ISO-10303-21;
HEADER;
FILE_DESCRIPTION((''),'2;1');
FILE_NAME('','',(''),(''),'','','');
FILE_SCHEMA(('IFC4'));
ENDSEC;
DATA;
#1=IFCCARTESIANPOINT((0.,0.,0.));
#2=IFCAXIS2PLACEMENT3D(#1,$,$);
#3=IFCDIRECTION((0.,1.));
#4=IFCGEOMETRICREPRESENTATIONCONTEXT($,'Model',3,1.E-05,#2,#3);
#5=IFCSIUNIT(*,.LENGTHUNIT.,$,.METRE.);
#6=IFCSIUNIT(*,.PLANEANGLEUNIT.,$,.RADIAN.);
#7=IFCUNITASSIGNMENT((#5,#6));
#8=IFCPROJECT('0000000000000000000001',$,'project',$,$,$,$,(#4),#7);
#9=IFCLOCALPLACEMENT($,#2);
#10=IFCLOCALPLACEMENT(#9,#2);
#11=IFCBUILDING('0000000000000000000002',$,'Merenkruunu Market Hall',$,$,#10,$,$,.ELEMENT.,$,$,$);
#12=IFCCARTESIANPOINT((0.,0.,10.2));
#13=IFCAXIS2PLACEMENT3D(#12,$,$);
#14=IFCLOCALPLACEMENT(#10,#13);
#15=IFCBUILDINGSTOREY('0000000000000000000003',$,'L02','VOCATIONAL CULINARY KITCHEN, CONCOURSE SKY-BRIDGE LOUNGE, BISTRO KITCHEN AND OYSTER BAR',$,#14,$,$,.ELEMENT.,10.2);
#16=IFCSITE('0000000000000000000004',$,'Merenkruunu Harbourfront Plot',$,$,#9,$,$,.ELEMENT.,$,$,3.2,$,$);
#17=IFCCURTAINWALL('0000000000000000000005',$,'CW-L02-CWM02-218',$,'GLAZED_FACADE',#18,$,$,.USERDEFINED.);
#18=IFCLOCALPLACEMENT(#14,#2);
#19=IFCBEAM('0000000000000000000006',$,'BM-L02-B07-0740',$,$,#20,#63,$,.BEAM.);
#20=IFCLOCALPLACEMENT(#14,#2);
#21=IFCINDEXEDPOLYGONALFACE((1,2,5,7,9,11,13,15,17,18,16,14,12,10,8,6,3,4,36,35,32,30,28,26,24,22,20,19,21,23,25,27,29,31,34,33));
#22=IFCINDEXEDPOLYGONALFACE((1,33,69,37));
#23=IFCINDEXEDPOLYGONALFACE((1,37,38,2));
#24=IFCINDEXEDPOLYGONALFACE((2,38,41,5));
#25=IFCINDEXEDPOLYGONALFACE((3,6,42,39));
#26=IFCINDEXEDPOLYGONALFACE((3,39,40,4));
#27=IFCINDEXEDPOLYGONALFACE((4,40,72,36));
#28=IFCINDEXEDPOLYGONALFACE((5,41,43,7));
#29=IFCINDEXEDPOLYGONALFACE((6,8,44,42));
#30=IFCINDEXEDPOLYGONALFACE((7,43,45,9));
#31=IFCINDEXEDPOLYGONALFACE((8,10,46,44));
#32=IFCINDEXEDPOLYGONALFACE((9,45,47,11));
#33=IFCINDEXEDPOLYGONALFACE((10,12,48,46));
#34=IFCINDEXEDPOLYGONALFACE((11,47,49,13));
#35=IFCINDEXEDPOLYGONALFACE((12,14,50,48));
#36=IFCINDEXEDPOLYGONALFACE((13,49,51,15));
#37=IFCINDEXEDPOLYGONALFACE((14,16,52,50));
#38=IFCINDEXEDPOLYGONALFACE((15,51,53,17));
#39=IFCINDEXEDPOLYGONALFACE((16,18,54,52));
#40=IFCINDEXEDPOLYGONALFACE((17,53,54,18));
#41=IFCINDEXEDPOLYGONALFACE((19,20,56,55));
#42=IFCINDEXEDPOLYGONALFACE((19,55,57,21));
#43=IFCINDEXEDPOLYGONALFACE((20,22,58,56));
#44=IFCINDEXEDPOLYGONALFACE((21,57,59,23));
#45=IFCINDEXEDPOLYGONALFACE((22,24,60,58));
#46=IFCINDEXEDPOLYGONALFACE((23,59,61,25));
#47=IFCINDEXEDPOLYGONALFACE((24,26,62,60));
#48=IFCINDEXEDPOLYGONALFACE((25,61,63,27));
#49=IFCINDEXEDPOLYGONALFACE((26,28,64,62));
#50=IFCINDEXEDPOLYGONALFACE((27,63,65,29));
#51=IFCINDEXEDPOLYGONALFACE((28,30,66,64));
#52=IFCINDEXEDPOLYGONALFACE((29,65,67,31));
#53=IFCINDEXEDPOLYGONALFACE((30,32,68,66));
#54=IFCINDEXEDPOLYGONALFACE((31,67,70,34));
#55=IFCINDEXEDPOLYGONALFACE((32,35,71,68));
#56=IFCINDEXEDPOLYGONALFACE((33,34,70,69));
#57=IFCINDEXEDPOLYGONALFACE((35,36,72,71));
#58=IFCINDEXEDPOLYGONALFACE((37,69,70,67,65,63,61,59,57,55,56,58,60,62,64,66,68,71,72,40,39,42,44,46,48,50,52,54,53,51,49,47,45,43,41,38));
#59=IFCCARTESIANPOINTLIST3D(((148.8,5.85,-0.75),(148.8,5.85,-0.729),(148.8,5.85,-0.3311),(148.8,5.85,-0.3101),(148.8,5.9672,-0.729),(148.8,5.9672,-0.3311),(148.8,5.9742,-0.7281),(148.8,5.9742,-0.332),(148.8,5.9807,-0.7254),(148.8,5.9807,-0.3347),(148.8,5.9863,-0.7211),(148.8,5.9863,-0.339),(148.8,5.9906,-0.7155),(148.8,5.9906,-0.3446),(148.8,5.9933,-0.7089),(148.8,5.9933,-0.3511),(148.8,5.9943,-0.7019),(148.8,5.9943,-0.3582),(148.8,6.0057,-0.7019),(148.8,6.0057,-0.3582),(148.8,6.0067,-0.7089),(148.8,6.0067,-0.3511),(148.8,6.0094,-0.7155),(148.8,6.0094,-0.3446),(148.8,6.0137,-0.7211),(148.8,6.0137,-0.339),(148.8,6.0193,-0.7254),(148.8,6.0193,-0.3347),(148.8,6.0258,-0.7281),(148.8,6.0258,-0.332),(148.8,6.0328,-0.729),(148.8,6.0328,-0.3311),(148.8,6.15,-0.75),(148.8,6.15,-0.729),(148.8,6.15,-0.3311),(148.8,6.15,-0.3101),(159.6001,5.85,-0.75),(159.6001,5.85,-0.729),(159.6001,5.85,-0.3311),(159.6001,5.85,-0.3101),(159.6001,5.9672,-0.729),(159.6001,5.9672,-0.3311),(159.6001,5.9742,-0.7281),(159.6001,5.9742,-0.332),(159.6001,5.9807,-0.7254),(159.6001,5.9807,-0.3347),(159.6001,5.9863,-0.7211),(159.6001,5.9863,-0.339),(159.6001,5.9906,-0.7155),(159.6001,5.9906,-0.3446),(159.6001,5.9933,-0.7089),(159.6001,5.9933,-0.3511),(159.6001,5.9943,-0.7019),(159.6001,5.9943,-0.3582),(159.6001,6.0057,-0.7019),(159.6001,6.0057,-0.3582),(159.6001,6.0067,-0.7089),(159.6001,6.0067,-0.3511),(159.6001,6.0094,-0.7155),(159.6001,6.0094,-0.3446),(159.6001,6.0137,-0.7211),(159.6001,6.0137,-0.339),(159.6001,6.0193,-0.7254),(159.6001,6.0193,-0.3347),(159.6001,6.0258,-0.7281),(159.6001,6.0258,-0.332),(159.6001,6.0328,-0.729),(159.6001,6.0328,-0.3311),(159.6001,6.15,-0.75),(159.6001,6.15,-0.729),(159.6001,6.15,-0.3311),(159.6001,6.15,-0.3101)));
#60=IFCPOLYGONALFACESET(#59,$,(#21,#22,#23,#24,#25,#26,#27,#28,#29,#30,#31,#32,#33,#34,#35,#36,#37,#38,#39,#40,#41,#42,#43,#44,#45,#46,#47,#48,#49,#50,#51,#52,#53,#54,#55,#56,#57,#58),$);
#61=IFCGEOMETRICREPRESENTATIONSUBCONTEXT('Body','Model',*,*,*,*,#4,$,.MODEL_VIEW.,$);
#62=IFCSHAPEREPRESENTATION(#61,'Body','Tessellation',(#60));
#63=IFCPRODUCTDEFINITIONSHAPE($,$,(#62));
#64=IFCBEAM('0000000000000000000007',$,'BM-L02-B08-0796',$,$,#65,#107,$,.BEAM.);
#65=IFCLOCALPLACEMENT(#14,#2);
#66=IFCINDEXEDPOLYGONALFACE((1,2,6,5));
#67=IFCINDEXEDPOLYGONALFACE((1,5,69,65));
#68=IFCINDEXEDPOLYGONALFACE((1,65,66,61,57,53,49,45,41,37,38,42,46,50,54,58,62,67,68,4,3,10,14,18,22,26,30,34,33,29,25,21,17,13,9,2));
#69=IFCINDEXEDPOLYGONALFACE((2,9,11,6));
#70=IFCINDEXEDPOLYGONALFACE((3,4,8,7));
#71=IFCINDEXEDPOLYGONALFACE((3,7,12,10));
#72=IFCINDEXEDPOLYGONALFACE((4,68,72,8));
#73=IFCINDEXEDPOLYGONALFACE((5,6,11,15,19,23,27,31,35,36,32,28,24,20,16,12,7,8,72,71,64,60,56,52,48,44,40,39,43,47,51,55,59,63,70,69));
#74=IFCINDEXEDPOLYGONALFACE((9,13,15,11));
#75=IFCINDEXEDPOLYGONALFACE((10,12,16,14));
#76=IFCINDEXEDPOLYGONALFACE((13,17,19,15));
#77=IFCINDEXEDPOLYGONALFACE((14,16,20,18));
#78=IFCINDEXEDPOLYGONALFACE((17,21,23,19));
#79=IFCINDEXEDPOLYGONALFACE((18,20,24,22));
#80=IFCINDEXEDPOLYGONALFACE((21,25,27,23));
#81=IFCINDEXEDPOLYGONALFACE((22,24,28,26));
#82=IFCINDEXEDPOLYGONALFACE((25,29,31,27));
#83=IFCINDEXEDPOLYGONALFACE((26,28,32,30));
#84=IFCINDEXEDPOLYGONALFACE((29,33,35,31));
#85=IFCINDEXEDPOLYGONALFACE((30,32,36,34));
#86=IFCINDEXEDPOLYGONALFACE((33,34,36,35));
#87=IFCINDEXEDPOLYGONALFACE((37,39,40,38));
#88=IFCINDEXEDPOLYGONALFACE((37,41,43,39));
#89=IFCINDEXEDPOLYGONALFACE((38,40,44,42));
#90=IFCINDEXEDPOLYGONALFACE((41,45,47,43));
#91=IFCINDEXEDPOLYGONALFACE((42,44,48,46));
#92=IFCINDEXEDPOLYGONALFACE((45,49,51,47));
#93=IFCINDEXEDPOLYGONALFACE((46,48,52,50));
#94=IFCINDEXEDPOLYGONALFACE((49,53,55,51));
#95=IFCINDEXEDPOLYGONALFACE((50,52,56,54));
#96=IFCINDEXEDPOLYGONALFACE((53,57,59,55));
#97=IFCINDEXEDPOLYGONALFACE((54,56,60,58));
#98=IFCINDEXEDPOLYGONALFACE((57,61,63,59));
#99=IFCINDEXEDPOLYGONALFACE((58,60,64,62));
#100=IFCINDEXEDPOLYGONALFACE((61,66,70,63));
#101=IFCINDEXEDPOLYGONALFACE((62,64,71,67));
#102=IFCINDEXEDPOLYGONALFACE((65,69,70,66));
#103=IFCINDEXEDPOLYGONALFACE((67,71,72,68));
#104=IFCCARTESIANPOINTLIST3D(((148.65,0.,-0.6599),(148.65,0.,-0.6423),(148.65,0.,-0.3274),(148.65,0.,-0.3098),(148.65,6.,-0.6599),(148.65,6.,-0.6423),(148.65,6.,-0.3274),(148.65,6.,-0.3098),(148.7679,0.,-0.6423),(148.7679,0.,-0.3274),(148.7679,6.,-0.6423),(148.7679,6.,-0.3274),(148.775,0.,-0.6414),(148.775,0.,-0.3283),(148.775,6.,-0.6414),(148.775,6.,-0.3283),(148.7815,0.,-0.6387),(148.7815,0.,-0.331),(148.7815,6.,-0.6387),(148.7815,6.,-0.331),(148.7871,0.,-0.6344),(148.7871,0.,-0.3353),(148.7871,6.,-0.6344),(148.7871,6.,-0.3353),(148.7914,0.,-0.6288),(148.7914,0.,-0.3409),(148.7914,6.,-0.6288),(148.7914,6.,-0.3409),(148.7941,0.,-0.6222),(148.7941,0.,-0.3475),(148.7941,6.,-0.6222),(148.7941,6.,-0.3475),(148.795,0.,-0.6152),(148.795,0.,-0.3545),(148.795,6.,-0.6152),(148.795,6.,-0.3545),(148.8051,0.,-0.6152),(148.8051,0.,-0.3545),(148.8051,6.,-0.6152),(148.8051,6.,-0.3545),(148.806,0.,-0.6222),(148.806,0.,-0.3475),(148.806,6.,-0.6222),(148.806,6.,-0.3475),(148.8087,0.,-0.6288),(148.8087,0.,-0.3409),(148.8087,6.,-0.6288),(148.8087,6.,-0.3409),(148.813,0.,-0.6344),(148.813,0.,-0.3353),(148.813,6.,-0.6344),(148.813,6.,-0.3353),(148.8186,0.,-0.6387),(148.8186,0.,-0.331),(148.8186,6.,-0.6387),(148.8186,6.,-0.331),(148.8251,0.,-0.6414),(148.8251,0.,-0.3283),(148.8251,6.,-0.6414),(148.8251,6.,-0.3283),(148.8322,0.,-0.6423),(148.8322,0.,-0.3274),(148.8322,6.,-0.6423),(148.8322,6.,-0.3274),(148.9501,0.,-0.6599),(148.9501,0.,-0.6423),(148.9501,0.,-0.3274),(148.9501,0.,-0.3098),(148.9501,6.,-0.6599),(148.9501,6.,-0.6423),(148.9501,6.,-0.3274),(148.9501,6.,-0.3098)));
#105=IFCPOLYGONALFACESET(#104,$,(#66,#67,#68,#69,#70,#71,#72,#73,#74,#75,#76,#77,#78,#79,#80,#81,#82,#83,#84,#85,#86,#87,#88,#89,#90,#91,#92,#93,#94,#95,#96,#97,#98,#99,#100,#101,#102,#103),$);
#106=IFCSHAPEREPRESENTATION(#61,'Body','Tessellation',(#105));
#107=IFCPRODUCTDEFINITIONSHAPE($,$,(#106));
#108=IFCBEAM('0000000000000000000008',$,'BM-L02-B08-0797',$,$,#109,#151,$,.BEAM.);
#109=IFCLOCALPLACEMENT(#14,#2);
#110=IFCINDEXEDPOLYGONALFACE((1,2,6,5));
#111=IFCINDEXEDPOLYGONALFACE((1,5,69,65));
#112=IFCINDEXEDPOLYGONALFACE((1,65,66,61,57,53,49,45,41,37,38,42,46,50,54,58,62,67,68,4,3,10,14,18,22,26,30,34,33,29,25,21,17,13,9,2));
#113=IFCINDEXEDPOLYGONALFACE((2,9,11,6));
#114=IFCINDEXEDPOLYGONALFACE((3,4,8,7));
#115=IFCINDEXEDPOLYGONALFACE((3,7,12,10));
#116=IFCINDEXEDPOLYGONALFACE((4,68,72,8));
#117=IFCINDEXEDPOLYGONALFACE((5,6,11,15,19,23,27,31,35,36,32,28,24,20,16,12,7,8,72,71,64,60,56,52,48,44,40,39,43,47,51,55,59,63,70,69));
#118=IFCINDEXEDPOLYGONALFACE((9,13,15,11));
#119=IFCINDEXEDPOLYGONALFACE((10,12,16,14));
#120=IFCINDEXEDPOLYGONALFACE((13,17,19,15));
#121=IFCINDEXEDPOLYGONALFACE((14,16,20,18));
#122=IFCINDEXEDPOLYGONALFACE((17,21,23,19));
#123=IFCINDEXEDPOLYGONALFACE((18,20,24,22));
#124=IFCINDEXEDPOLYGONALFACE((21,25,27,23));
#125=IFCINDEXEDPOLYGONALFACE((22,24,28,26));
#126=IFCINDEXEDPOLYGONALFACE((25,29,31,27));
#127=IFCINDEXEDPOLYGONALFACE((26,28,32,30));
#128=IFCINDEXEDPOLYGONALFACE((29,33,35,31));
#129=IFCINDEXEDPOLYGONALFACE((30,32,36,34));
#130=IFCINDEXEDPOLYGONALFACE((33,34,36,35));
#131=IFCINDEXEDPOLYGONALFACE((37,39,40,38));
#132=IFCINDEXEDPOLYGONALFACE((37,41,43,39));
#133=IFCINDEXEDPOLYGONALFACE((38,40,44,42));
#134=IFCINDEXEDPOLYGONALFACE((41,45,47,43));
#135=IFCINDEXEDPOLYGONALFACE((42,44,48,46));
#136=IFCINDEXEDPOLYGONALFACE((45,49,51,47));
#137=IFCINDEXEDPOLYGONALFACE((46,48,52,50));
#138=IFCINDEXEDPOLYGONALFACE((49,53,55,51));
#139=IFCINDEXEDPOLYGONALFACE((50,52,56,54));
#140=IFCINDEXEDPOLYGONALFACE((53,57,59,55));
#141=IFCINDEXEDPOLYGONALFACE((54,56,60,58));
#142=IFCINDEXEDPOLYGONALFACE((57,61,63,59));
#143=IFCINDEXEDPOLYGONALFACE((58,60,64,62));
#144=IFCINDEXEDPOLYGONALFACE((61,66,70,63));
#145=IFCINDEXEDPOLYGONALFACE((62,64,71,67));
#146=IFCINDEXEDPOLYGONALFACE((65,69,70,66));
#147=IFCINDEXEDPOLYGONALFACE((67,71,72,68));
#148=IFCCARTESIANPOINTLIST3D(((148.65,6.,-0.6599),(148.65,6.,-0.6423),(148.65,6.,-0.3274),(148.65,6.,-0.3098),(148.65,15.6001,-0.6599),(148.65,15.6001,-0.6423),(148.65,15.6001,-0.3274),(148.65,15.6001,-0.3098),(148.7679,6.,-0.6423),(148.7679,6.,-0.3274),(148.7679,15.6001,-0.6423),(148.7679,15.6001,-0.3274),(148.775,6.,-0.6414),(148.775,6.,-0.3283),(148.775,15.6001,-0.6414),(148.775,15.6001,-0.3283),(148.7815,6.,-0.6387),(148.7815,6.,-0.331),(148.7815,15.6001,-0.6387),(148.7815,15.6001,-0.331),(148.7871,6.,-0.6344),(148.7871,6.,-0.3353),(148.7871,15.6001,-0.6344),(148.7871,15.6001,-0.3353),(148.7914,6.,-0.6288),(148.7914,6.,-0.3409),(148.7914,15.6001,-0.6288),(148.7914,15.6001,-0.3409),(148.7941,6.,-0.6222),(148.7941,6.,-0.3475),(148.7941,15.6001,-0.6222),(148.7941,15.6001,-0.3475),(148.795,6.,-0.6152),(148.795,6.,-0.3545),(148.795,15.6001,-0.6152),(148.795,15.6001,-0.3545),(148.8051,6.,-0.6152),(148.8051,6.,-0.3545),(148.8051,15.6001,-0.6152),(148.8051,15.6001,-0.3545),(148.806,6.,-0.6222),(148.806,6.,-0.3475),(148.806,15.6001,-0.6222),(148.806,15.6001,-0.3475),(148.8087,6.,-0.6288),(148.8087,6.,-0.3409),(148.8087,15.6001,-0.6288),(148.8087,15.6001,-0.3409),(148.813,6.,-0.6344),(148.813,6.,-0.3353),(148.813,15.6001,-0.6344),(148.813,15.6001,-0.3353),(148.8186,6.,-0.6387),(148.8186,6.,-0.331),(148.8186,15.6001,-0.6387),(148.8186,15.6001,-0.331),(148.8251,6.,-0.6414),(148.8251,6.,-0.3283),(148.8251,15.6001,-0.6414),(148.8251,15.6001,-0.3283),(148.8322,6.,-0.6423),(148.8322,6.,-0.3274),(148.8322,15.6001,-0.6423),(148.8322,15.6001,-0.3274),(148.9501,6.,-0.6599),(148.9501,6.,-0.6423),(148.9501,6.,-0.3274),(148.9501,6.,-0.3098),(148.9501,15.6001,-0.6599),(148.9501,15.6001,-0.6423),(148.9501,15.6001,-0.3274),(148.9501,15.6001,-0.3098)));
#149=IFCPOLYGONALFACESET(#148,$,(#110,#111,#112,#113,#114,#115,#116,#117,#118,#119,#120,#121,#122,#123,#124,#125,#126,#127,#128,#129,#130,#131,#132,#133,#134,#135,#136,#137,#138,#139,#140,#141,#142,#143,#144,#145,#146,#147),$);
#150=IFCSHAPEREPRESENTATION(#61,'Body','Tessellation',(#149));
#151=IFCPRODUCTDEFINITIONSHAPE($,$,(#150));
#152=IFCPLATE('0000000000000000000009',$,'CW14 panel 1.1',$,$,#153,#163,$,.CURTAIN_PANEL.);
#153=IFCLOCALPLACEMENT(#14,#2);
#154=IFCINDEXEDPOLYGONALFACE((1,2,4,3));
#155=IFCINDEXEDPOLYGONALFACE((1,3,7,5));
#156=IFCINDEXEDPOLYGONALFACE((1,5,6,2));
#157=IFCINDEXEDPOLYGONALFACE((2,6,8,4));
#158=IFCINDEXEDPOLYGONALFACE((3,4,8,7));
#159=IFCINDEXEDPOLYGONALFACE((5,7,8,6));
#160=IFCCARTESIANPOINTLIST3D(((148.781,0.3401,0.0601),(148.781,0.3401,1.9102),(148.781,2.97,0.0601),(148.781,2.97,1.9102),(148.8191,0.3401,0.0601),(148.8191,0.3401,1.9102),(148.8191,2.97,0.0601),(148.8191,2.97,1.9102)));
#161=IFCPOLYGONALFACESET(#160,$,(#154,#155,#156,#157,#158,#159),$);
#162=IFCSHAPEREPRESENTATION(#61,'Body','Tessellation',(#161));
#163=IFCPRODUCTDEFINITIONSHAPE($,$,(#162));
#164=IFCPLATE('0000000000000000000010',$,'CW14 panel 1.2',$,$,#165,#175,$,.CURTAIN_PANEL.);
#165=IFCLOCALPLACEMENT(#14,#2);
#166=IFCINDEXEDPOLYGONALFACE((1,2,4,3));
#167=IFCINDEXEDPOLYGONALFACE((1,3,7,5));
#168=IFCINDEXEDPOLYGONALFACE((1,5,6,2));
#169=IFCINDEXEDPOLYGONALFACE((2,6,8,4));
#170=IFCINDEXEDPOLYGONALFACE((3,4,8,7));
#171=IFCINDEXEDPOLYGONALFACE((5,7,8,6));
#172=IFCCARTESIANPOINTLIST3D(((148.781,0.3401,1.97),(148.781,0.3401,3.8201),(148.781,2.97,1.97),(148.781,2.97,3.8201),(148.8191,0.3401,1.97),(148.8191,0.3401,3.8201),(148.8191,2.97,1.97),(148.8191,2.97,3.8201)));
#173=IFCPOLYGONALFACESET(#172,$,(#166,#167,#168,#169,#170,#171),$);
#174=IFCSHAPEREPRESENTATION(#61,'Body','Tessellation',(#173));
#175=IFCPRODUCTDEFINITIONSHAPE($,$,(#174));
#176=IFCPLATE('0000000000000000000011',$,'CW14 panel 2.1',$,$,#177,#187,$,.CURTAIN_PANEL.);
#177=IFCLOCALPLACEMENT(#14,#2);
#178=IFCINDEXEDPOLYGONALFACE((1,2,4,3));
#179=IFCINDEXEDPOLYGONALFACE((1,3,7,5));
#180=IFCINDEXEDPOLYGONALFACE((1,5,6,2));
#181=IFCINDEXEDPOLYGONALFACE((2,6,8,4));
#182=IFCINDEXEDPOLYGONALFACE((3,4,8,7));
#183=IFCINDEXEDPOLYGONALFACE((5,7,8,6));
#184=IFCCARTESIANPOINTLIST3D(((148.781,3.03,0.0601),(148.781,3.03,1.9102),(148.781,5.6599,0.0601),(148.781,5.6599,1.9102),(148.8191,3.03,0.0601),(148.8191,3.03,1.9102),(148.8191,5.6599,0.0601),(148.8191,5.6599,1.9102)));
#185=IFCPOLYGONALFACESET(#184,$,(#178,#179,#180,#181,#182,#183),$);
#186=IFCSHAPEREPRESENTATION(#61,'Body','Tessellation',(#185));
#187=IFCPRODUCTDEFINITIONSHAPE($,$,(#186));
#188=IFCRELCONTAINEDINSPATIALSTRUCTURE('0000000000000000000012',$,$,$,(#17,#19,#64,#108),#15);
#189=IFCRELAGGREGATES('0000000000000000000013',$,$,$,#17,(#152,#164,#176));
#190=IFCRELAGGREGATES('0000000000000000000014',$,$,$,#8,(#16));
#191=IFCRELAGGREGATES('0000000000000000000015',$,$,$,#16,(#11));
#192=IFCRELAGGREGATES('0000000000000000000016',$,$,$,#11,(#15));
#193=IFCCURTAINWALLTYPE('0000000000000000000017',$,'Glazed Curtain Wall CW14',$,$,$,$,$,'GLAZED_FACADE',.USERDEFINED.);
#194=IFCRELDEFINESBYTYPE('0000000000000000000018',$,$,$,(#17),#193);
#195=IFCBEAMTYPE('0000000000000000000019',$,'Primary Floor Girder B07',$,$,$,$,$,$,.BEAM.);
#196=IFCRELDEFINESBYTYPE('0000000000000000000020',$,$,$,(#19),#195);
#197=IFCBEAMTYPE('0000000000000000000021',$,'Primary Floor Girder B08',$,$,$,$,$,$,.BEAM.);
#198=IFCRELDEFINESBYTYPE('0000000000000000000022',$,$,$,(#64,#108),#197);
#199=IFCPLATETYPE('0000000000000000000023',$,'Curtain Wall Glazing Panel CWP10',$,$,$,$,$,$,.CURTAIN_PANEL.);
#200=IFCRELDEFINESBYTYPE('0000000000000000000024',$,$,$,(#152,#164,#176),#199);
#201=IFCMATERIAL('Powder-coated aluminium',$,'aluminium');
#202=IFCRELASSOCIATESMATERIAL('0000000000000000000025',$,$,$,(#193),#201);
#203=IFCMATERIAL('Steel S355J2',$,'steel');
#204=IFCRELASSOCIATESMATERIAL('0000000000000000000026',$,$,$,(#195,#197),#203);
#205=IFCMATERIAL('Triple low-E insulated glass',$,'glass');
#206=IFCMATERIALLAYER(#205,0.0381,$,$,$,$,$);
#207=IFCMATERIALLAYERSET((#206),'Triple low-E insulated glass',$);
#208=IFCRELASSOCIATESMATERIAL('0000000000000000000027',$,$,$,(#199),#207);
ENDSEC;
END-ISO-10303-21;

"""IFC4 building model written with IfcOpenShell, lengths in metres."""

from ifc_helpers import new_model, si_unit, direction, frame, origin, origin_2d, place, context, subcontext, project, spatial, rectangle, i_section, extrude, material, layer, layer_set, material_profile, profile_set, type_object, element, aggregate, save


model = new_model("IFC4")

# Units and contexts
model_context = context("Model", 3, precision=1e-05, world=origin(), true_north=direction((0.0, 1.0)))
body_context = subcontext(model_context, "Body", "Model", "MODEL_VIEW")
ifc_project = project(units=[si_unit("LENGTHUNIT", "METRE"), si_unit("PLANEANGLEUNIT", "RADIAN")], contexts=[model_context])

# Site, building, storey
site_placement = place(None, origin())
site = spatial("IfcSite", under=ifc_project, at=site_placement, Name="Merenkruunu Harbourfront Plot", CompositionType="ELEMENT", RefElevation=3.2)
building_placement = place(site_placement, origin())
building = spatial("IfcBuilding", under=site, at=building_placement, Name="Merenkruunu Market Hall", CompositionType="ELEMENT")
storey_placement = place(building_placement, frame((0.0, 0.0, 10.2)))
storey = spatial("IfcBuildingStorey", under=building, at=storey_placement, Name="L02", Description="VOCATIONAL CULINARY KITCHEN, CONCOURSE SKY-BRIDGE LOUNGE, BISTRO KITCHEN AND OYSTER BAR", CompositionType="ELEMENT", Elevation=10.2)

# Shared definitions
ifc_material_1 = material(Name="Steel S355J2", Category="steel")

# Curtain wall
ifc_material_2 = material(Name="Powder-coated aluminium", Category="aluminium")
curtain_wall_type = type_object("IfcCurtainWallType", Name="Glazed Curtain Wall CW14", ElementType="GLAZED_FACADE", PredefinedType="USERDEFINED", material=ifc_material_2)
curtain_wall_1_placement = place(storey_placement, origin())
curtain_wall_1 = element("IfcCurtainWall", 1, at=curtain_wall_1_placement, inside=storey, type_object=curtain_wall_type, Name="CW-L02-CWM02-218", ObjectType="GLAZED_FACADE", PredefinedType="USERDEFINED")

# Beams
ifc_material_profile_1 = material_profile(ifc_material_1, i_section(OverallWidth=0.3, OverallDepth=0.4399, WebThickness=0.0115, FlangeThickness=0.021, FilletRadius=0.0271, at=origin_2d()), Name="HEA 450")
ifc_profile_set_1 = profile_set([ifc_material_profile_1], Name="Steel S355J2")
beam_type_1 = type_object("IfcBeamType", Name="Primary Floor Girder B07", PredefinedType="BEAM", material=ifc_profile_set_1)
for number, where, z_axis, x_axis, name in (
    (2, (148.8, 6.0, -0.53), (1.0, 0.0, 0.0), (0.0, 1.0, 0.0), "BM-L02-B07-0740"),
):
    element("IfcBeam", number, at=place(storey_placement, frame(where, z_axis=z_axis, x_axis=x_axis)), inside=storey, type_object=beam_type_1, Name=name, PredefinedType="BEAM", context=body_context, shape_type="SweptSolid", body=[
        extrude(i_section(OverallWidth=0.3, OverallDepth=0.4399, WebThickness=0.0115, FlangeThickness=0.021, FilletRadius=0.0271, at=origin_2d()), origin(), (0.0, 0.0, 1.0), 10.8),
    ])
ifc_material_profile_2 = material_profile(ifc_material_1, i_section(OverallWidth=0.3, OverallDepth=0.3501, WebThickness=0.01, FlangeThickness=0.0176, FilletRadius=0.0271, at=origin_2d()), Name="HEA 360")
ifc_profile_set_2 = profile_set([ifc_material_profile_2], Name="Steel S355J2")
beam_type_2 = type_object("IfcBeamType", Name="Primary Floor Girder B08", PredefinedType="BEAM", material=ifc_profile_set_2)
beam_1_placement = place(storey_placement, frame((148.8, 0.0, -0.4849), z_axis=(0.0, 1.0, 0.0), x_axis=(-1.0, 0.0, 0.0)))
element("IfcBeam", 3, at=beam_1_placement, inside=storey, type_object=beam_type_2, Name="BM-L02-B08-0796", PredefinedType="BEAM", context=body_context, shape_type="SweptSolid", body=[
    extrude(i_section(OverallWidth=0.3, OverallDepth=0.3501, WebThickness=0.01, FlangeThickness=0.0176, FilletRadius=0.0271, at=origin_2d()), origin(), (0.0, 0.0, 1.0), 6.0),
])
beam_2_placement = place(storey_placement, frame((148.8, 6.0, -0.4849), z_axis=(0.0, 1.0, 0.0), x_axis=(-1.0, 0.0, 0.0)))
element("IfcBeam", 4, at=beam_2_placement, inside=storey, type_object=beam_type_2, Name="BM-L02-B08-0797", PredefinedType="BEAM", context=body_context, shape_type="SweptSolid", body=[
    extrude(i_section(OverallWidth=0.3, OverallDepth=0.3501, WebThickness=0.01, FlangeThickness=0.0176, FilletRadius=0.0271, at=origin_2d()), origin(), (0.0, 0.0, 1.0), 9.6001),
])

# Plates
ifc_material_3 = material(Name="Triple low-E insulated glass", Category="glass")
ifc_layer_1 = layer(ifc_material_3, 0.0381)
ifc_layer_set_1 = layer_set([ifc_layer_1], Name="Triple low-E insulated glass")
plate_type = type_object("IfcPlateType", Name="Curtain Wall Glazing Panel CWP10", PredefinedType="CURTAIN_PANEL", material=ifc_layer_set_1)
plate_1_placement = place(storey_placement, frame((148.8, 1.655, 0.0601), z_axis=(0.0, 0.0, 1.0), x_axis=(0.0, 1.0, 0.0)))
plate_1 = element("IfcPlate", 5, at=plate_1_placement, type_object=plate_type, Name="CW14 panel 1.1", PredefinedType="CURTAIN_PANEL", context=body_context, shape_type="SweptSolid", body=[
    extrude(rectangle(XDim=2.6299, YDim=0.0381, at=origin_2d()), origin(), (0.0, 0.0, 1.0), 1.8501),
])
plate_2_placement = place(storey_placement, frame((148.8, 1.655, 1.97), z_axis=(0.0, 0.0, 1.0), x_axis=(0.0, 1.0, 0.0)))
plate_2 = element("IfcPlate", 6, at=plate_2_placement, type_object=plate_type, Name="CW14 panel 1.2", PredefinedType="CURTAIN_PANEL", context=body_context, shape_type="SweptSolid", body=[
    extrude(rectangle(XDim=2.6299, YDim=0.0381, at=origin_2d()), origin(), (0.0, 0.0, 1.0), 1.8501),
])
plate_3_placement = place(storey_placement, frame((148.8, 4.345, 0.0601), z_axis=(0.0, 0.0, 1.0), x_axis=(0.0, 1.0, 0.0)))
plate_3 = element("IfcPlate", 7, at=plate_3_placement, type_object=plate_type, Name="CW14 panel 2.1", PredefinedType="CURTAIN_PANEL", context=body_context, shape_type="SweptSolid", body=[
    extrude(rectangle(XDim=2.6299, YDim=0.0381, at=origin_2d()), origin(), (0.0, 0.0, 1.0), 1.8501),
])
aggregate(curtain_wall_1, [plate_1, plate_2, plate_3])

save(model, "model.ifc")
